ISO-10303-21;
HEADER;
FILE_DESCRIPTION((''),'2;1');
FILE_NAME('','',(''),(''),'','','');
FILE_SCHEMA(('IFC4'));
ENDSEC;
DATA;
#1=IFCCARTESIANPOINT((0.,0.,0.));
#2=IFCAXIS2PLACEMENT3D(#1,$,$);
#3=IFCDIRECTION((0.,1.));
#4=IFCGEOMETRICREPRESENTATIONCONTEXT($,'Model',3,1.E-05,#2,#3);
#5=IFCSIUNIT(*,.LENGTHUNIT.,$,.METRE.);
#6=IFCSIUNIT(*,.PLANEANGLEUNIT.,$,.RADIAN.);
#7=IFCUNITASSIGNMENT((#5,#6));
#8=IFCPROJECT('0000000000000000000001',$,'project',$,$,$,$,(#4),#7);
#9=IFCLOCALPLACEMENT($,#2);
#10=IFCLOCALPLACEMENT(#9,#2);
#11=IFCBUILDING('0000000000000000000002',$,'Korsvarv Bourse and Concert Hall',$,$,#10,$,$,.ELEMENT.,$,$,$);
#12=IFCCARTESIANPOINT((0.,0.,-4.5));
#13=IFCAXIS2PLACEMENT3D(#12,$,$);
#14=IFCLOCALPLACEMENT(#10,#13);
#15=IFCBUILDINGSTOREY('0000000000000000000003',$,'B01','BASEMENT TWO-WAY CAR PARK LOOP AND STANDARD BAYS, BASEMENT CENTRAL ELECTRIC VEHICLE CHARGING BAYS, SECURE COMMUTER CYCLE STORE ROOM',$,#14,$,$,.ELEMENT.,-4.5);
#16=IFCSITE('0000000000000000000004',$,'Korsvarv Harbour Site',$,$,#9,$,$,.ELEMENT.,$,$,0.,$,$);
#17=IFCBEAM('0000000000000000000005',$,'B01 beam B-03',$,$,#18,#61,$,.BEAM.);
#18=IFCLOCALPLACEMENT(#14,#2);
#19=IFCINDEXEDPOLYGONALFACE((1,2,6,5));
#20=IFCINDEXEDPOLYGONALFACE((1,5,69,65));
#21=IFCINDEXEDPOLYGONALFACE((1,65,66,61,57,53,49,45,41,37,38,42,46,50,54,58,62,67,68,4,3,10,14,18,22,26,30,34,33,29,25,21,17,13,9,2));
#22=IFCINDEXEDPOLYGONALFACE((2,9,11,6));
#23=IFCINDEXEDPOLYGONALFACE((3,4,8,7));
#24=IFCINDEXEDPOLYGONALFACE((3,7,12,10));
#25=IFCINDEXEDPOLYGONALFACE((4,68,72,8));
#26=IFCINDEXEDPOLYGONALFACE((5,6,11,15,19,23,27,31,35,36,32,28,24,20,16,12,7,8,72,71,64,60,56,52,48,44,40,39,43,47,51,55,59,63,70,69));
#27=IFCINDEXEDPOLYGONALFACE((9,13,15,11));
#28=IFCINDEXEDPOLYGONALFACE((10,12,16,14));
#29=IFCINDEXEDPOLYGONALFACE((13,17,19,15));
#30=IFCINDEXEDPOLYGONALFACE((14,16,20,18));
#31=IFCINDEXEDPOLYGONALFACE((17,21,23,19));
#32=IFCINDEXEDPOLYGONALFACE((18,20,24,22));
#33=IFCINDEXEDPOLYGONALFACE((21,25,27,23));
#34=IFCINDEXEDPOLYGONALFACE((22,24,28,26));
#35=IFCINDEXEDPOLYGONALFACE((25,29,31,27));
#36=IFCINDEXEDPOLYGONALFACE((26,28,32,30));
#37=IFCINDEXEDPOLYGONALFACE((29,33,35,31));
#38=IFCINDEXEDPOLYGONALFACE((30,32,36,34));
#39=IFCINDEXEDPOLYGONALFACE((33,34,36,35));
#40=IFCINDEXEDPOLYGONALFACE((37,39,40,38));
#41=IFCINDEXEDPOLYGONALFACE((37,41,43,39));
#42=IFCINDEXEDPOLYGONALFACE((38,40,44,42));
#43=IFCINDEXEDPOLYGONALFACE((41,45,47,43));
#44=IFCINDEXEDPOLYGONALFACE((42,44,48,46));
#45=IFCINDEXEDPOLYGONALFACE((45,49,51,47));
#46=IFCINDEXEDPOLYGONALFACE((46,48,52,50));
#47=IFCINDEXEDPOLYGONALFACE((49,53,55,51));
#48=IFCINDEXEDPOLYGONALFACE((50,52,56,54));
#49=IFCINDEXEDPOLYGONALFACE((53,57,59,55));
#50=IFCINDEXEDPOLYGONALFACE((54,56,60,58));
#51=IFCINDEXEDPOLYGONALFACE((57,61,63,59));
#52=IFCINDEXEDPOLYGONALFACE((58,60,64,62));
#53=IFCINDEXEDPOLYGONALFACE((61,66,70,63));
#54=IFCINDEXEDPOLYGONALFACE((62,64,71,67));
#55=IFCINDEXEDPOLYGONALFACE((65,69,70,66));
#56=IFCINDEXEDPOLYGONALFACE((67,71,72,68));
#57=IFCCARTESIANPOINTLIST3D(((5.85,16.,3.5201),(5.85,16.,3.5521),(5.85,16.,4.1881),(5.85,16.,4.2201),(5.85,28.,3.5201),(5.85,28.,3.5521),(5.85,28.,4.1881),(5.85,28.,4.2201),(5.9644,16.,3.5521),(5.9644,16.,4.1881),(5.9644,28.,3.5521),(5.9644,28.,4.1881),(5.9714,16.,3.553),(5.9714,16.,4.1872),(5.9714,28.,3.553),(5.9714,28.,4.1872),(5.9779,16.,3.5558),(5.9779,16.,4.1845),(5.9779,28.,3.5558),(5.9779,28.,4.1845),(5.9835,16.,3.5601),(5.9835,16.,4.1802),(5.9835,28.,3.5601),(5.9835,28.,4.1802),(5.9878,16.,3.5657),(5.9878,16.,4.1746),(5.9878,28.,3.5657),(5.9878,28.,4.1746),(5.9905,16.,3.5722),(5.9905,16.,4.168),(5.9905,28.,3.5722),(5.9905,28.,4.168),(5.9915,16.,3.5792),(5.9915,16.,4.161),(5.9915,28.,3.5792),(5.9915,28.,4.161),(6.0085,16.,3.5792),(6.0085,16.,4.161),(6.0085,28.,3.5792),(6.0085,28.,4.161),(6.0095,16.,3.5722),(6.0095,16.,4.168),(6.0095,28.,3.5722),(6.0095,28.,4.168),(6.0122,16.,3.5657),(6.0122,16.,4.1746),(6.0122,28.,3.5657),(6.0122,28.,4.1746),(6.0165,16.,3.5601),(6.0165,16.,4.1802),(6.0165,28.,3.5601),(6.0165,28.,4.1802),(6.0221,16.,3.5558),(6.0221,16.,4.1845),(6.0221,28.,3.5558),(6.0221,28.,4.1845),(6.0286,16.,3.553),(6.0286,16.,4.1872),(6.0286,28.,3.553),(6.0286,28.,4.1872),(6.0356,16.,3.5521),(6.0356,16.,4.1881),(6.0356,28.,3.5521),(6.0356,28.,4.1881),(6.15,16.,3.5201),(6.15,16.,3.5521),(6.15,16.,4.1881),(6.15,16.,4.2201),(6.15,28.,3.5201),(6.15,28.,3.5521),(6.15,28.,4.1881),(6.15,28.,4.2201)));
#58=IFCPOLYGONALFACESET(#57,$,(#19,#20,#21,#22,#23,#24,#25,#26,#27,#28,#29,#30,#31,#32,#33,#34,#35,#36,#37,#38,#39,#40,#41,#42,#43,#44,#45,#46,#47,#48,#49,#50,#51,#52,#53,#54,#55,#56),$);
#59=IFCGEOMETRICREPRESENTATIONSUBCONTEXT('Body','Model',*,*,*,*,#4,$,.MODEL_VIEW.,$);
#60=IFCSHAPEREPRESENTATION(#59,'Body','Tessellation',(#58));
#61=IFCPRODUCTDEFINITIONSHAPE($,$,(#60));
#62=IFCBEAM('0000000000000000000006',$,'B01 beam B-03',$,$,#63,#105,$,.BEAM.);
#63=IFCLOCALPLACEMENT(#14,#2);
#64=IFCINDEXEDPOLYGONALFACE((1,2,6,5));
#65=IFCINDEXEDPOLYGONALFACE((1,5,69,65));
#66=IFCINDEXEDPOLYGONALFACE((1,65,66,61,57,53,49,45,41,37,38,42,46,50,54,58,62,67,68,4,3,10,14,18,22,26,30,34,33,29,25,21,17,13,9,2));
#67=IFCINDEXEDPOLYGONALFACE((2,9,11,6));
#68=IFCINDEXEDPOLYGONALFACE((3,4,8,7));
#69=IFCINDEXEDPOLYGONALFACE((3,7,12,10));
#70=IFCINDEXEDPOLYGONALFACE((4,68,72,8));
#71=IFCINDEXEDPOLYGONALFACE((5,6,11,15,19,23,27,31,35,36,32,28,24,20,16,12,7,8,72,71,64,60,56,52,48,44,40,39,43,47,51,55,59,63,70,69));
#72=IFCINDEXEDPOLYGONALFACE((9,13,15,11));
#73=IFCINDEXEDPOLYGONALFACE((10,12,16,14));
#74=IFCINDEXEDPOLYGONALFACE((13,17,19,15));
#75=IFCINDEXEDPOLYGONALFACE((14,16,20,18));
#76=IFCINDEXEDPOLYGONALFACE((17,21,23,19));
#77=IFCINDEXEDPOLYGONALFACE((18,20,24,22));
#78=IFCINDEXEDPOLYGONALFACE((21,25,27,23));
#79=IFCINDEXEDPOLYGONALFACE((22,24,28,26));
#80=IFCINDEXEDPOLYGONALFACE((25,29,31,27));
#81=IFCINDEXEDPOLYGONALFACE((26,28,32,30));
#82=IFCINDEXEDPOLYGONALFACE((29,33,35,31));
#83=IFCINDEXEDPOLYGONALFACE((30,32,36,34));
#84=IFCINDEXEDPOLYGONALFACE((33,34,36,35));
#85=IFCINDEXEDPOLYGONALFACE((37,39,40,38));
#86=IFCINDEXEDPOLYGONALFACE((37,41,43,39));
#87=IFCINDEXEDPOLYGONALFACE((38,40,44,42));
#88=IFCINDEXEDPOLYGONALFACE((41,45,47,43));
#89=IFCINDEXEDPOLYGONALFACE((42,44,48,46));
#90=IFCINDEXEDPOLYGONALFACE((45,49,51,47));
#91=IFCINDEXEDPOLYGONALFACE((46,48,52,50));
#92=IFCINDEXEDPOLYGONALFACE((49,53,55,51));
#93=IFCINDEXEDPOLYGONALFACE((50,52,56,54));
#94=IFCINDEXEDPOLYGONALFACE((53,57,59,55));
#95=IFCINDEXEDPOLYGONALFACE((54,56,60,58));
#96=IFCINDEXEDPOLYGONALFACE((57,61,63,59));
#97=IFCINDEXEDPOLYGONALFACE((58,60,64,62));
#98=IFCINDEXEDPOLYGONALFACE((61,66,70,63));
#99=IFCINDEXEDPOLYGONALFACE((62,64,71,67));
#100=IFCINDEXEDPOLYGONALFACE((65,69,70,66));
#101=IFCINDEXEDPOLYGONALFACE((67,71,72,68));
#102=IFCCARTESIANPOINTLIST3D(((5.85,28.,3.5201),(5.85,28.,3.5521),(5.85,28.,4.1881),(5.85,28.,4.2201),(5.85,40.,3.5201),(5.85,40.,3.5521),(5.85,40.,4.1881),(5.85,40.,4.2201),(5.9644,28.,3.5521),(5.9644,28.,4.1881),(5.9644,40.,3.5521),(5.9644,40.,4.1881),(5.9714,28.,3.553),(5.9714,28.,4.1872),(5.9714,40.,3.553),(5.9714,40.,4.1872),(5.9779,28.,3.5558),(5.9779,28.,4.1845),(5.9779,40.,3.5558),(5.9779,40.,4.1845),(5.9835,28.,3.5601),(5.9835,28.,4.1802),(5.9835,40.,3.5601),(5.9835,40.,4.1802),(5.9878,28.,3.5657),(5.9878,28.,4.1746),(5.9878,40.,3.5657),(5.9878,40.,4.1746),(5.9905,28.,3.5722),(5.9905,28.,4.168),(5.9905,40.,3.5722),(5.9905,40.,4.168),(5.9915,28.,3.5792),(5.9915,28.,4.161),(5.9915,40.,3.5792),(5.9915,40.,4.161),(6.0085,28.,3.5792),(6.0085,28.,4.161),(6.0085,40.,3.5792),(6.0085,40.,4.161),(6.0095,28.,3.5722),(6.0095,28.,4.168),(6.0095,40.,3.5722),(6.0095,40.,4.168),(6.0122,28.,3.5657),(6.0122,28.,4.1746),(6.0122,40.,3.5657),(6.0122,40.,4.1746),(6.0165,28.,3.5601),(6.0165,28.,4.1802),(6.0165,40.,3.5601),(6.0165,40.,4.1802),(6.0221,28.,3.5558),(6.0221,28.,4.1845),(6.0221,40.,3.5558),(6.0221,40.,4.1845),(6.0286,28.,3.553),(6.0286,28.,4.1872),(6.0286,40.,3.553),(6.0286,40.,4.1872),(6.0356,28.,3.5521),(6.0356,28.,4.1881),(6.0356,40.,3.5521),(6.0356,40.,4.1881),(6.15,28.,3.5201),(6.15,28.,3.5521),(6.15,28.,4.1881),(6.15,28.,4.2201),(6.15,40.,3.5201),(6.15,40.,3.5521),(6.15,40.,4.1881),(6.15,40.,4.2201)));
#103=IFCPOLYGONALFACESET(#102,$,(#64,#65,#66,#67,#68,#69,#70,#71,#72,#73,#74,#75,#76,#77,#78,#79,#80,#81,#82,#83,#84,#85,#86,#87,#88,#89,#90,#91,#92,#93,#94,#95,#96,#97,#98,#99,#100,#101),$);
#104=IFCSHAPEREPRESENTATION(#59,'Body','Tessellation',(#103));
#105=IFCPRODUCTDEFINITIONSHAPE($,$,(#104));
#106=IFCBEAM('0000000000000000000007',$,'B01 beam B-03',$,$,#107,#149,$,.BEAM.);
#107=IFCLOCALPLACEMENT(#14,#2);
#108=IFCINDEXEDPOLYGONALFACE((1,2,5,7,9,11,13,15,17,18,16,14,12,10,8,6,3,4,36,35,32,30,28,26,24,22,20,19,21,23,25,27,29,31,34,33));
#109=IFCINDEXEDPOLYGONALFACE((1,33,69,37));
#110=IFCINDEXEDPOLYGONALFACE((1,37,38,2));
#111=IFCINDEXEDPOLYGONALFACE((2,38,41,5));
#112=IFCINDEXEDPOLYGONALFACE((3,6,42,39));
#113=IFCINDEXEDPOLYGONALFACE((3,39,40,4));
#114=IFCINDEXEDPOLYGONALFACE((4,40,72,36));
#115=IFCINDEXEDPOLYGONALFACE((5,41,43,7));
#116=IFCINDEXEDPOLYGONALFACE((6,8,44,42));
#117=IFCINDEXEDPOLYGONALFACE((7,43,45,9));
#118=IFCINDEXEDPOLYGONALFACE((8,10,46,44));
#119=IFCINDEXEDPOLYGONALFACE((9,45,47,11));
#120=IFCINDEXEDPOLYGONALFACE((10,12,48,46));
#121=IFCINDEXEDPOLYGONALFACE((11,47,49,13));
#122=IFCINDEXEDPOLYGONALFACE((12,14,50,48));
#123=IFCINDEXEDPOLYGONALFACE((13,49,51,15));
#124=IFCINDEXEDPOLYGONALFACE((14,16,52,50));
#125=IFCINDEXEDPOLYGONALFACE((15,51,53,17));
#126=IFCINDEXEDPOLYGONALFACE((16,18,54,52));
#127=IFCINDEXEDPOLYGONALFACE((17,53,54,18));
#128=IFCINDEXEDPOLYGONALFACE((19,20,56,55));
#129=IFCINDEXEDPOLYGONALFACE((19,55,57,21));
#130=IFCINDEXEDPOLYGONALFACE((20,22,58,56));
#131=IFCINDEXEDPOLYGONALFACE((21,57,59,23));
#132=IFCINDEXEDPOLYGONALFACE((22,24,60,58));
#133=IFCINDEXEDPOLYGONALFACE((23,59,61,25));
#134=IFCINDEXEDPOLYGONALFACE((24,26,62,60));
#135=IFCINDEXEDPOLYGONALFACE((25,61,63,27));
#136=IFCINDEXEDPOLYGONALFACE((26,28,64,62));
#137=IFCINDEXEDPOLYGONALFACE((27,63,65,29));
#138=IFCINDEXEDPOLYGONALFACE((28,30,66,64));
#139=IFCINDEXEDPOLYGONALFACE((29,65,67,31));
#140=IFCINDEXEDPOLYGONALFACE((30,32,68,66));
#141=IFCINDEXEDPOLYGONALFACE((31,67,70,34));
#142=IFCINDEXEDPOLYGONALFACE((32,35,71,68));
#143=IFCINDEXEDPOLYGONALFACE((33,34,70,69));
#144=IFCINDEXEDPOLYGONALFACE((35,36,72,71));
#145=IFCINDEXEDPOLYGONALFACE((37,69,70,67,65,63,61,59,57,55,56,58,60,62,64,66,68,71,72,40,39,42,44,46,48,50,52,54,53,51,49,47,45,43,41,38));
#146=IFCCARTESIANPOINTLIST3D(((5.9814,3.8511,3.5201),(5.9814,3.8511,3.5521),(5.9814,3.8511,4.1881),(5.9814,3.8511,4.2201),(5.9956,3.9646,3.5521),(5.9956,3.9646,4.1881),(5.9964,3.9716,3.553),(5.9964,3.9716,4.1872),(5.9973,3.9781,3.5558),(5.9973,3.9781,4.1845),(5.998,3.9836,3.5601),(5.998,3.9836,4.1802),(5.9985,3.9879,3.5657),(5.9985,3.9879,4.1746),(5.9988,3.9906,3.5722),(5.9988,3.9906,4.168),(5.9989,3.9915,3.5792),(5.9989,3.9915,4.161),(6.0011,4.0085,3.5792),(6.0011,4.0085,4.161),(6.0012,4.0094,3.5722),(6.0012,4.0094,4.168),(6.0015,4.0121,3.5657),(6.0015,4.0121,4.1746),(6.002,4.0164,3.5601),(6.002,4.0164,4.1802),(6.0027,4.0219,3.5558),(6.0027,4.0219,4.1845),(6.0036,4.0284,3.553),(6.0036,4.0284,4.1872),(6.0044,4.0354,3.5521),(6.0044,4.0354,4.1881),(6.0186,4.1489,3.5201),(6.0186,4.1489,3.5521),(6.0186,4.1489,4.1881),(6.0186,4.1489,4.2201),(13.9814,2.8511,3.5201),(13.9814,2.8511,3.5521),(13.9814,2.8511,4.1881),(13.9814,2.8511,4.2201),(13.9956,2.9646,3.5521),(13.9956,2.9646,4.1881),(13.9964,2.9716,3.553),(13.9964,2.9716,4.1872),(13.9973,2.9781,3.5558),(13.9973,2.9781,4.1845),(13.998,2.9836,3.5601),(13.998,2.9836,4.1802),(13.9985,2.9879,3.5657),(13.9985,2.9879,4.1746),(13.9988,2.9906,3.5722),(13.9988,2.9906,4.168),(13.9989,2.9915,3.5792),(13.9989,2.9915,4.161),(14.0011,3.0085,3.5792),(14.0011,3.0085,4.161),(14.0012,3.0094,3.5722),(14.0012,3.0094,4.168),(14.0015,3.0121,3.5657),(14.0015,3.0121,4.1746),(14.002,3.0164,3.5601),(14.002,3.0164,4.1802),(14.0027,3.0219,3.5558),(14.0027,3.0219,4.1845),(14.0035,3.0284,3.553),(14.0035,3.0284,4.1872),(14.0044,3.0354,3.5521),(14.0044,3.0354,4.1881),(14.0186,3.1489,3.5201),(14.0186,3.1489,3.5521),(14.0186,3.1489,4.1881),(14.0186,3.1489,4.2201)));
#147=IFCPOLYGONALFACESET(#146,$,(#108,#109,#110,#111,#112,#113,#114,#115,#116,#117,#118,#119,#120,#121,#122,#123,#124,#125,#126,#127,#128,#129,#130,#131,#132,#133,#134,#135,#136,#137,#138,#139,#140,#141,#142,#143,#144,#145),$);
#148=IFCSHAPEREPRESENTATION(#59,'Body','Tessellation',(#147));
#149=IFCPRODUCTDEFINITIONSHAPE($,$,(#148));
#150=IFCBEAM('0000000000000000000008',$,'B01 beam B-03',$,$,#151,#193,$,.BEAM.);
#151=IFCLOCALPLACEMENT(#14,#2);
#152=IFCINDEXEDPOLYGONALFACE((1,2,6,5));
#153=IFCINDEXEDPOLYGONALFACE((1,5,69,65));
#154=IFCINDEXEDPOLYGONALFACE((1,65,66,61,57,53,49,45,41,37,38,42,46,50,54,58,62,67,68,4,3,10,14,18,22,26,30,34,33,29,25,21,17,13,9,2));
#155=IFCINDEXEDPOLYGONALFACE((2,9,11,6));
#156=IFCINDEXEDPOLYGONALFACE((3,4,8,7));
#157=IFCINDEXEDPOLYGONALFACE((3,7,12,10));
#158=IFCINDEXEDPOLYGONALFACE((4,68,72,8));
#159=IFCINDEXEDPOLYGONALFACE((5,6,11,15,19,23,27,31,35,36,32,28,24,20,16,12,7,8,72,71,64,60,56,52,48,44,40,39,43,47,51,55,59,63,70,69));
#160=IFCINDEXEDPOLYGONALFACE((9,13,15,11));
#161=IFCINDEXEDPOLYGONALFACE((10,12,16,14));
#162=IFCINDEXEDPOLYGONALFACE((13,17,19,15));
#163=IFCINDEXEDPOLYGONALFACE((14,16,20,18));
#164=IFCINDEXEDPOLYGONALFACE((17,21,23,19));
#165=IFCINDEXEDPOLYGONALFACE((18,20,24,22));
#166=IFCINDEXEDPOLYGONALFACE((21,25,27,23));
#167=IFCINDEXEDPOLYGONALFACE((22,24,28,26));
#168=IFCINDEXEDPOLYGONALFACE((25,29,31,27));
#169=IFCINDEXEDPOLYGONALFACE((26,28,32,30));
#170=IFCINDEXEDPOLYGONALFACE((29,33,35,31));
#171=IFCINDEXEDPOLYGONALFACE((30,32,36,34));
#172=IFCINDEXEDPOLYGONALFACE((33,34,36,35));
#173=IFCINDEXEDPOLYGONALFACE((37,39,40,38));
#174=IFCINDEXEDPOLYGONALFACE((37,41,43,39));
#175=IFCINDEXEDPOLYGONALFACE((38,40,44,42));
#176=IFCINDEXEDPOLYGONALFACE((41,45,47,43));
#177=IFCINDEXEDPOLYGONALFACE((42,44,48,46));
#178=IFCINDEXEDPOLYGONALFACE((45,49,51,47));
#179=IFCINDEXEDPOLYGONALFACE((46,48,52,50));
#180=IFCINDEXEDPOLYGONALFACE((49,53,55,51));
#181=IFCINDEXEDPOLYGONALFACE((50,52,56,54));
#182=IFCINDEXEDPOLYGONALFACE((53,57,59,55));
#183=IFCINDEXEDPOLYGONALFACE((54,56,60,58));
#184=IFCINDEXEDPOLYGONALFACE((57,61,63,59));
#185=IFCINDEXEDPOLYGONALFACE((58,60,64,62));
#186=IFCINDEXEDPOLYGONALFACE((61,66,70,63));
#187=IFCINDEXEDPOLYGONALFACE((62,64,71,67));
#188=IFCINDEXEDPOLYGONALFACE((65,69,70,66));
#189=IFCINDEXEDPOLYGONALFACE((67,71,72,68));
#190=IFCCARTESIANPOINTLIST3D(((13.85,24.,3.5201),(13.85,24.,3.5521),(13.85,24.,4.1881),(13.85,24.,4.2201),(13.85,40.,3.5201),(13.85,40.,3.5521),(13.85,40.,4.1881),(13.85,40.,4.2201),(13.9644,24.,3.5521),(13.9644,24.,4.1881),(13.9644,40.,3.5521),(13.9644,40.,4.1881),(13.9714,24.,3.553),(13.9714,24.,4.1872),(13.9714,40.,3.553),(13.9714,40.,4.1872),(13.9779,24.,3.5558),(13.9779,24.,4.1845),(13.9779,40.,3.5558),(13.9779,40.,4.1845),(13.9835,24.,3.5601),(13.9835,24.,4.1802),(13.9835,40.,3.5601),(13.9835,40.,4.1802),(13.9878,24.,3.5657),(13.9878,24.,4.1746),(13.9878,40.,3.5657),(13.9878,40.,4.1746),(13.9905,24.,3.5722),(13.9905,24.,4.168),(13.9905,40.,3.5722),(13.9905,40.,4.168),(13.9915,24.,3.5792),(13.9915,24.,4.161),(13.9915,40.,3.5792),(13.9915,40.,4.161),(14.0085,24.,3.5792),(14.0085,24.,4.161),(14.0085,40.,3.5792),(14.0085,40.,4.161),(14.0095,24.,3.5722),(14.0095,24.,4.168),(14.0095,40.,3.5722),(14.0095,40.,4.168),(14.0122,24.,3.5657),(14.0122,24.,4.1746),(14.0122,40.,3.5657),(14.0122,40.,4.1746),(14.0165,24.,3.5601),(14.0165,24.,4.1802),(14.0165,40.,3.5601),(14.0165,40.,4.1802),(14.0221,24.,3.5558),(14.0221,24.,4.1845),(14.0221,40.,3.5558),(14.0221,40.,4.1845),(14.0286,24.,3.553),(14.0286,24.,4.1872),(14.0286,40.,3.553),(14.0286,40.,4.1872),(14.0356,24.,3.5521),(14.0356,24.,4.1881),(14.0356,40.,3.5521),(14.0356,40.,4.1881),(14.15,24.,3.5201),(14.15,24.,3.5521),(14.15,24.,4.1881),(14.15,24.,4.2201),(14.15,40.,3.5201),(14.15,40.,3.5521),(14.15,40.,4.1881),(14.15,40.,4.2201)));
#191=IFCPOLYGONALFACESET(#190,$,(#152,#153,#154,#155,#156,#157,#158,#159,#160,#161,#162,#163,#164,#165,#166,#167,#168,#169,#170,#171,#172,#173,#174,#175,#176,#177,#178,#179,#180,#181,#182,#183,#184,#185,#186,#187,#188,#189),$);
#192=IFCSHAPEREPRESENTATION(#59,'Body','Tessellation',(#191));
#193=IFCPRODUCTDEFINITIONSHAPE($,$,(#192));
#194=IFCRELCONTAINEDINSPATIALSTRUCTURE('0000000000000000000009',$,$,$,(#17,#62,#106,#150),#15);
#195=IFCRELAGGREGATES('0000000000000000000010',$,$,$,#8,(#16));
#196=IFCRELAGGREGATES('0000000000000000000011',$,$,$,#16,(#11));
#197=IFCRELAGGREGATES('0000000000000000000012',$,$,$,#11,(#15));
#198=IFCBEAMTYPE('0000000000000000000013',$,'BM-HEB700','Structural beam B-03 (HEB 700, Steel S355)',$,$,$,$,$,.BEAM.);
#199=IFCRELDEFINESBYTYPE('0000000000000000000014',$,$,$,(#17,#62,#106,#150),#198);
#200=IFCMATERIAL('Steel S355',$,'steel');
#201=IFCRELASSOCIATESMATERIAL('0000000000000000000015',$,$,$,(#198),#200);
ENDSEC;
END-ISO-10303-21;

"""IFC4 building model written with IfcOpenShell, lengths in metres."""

from ifc_helpers import new_model, si_unit, direction, frame, origin, origin_2d, place, context, subcontext, project, spatial, i_section, extrude, source, transform, mapped, material, material_profile, profile_set, type_object, element, save


model = new_model("IFC4")

# Units and contexts
model_context = context("Model", 3, precision=1e-05, world=origin(), true_north=direction((0.0, 1.0)))
body_context = subcontext(model_context, "Body", "Model", "MODEL_VIEW")
ifc_project = project(units=[si_unit("LENGTHUNIT", "METRE"), si_unit("PLANEANGLEUNIT", "RADIAN")], contexts=[model_context])

# Site, building, storey
site_placement = place(None, origin())
site = spatial("IfcSite", under=ifc_project, at=site_placement, Name="Korsvarv Harbour Site", CompositionType="ELEMENT", RefElevation=0.0)
building_placement = place(site_placement, origin())
building = spatial("IfcBuilding", under=site, at=building_placement, Name="Korsvarv Bourse and Concert Hall", CompositionType="ELEMENT")
storey_placement = place(building_placement, frame((0.0, 0.0, -4.5)))
storey = spatial("IfcBuildingStorey", under=building, at=storey_placement, Name="B01", Description="BASEMENT TWO-WAY CAR PARK LOOP AND STANDARD BAYS, BASEMENT CENTRAL ELECTRIC VEHICLE CHARGING BAYS, SECURE COMMUTER CYCLE STORE ROOM", CompositionType="ELEMENT", Elevation=-4.5)

# Beams
ifc_material_1 = material(Name="Steel S355", Category="steel")
ifc_material_profile_1 = material_profile(ifc_material_1, i_section(OverallWidth=0.3, OverallDepth=0.7, WebThickness=0.0171, FlangeThickness=0.032, FilletRadius=0.0271, at=origin_2d()), Name="HEB 700")
ifc_profile_set_1 = profile_set([ifc_material_profile_1], Name="Steel S355")
beam_type_1 = type_object("IfcBeamType", Name="BM-HEB700", Description="Structural beam B-03 (HEB 700, Steel S355)", PredefinedType="BEAM", material=ifc_profile_set_1)
shared_shape_1 = source(origin(), body_context, "Body", "SweptSolid", [
    extrude(i_section(OverallWidth=0.3, OverallDepth=0.7, WebThickness=0.0171, FlangeThickness=0.032, FilletRadius=0.0271, at=origin_2d()), origin(), (0.0, 0.0, 1.0), 12.0),
])
for number, where, z_axis, x_axis, name in (
    (1, (6.0, 16.0, 3.8701), (0.0, 1.0, 0.0), (-1.0, 0.0, 0.0), "B01 beam B-03"),
    (2, (6.0, 28.0, 3.8701), (0.0, 1.0, 0.0), (-1.0, 0.0, 0.0), "B01 beam B-03"),
):
    element("IfcBeam", number, at=place(storey_placement, frame(where, z_axis=z_axis, x_axis=x_axis)), inside=storey, type_object=beam_type_1, Name=name, PredefinedType="BEAM", context=body_context, shape_type="MappedRepresentation", body=[
        mapped(shared_shape_1, transform((0.0, 0.0, 0.0), scale=1.0)),
    ])
shared_shape_2 = source(origin(), body_context, "Body", "SweptSolid", [
    extrude(i_section(OverallWidth=0.3, OverallDepth=0.7, WebThickness=0.0171, FlangeThickness=0.032, FilletRadius=0.0271, at=origin_2d()), origin(), (0.0, 0.0, 1.0), 8.0623),
])
beam_1_placement = place(storey_placement, frame((6.0, 4.0, 3.8701), z_axis=(0.992278, -0.124035, 0.0), x_axis=(0.124035, 0.992278, 0.0)))
element("IfcBeam", 3, at=beam_1_placement, inside=storey, type_object=beam_type_1, Name="B01 beam B-03", PredefinedType="BEAM", context=body_context, shape_type="MappedRepresentation", body=[
    mapped(shared_shape_2, transform((0.0, 0.0, 0.0), scale=1.0)),
])
shared_shape_3 = source(origin(), body_context, "Body", "SweptSolid", [
    extrude(i_section(OverallWidth=0.3, OverallDepth=0.7, WebThickness=0.0171, FlangeThickness=0.032, FilletRadius=0.0271, at=origin_2d()), origin(), (0.0, 0.0, 1.0), 16.0),
])
beam_2_placement = place(storey_placement, frame((14.0, 24.0, 3.8701), z_axis=(0.0, 1.0, 0.0), x_axis=(-1.0, 0.0, 0.0)))
element("IfcBeam", 4, at=beam_2_placement, inside=storey, type_object=beam_type_1, Name="B01 beam B-03", PredefinedType="BEAM", context=body_context, shape_type="MappedRepresentation", body=[
    mapped(shared_shape_3, transform((0.0, 0.0, 0.0), scale=1.0)),
])

save(model, "model.ifc")
